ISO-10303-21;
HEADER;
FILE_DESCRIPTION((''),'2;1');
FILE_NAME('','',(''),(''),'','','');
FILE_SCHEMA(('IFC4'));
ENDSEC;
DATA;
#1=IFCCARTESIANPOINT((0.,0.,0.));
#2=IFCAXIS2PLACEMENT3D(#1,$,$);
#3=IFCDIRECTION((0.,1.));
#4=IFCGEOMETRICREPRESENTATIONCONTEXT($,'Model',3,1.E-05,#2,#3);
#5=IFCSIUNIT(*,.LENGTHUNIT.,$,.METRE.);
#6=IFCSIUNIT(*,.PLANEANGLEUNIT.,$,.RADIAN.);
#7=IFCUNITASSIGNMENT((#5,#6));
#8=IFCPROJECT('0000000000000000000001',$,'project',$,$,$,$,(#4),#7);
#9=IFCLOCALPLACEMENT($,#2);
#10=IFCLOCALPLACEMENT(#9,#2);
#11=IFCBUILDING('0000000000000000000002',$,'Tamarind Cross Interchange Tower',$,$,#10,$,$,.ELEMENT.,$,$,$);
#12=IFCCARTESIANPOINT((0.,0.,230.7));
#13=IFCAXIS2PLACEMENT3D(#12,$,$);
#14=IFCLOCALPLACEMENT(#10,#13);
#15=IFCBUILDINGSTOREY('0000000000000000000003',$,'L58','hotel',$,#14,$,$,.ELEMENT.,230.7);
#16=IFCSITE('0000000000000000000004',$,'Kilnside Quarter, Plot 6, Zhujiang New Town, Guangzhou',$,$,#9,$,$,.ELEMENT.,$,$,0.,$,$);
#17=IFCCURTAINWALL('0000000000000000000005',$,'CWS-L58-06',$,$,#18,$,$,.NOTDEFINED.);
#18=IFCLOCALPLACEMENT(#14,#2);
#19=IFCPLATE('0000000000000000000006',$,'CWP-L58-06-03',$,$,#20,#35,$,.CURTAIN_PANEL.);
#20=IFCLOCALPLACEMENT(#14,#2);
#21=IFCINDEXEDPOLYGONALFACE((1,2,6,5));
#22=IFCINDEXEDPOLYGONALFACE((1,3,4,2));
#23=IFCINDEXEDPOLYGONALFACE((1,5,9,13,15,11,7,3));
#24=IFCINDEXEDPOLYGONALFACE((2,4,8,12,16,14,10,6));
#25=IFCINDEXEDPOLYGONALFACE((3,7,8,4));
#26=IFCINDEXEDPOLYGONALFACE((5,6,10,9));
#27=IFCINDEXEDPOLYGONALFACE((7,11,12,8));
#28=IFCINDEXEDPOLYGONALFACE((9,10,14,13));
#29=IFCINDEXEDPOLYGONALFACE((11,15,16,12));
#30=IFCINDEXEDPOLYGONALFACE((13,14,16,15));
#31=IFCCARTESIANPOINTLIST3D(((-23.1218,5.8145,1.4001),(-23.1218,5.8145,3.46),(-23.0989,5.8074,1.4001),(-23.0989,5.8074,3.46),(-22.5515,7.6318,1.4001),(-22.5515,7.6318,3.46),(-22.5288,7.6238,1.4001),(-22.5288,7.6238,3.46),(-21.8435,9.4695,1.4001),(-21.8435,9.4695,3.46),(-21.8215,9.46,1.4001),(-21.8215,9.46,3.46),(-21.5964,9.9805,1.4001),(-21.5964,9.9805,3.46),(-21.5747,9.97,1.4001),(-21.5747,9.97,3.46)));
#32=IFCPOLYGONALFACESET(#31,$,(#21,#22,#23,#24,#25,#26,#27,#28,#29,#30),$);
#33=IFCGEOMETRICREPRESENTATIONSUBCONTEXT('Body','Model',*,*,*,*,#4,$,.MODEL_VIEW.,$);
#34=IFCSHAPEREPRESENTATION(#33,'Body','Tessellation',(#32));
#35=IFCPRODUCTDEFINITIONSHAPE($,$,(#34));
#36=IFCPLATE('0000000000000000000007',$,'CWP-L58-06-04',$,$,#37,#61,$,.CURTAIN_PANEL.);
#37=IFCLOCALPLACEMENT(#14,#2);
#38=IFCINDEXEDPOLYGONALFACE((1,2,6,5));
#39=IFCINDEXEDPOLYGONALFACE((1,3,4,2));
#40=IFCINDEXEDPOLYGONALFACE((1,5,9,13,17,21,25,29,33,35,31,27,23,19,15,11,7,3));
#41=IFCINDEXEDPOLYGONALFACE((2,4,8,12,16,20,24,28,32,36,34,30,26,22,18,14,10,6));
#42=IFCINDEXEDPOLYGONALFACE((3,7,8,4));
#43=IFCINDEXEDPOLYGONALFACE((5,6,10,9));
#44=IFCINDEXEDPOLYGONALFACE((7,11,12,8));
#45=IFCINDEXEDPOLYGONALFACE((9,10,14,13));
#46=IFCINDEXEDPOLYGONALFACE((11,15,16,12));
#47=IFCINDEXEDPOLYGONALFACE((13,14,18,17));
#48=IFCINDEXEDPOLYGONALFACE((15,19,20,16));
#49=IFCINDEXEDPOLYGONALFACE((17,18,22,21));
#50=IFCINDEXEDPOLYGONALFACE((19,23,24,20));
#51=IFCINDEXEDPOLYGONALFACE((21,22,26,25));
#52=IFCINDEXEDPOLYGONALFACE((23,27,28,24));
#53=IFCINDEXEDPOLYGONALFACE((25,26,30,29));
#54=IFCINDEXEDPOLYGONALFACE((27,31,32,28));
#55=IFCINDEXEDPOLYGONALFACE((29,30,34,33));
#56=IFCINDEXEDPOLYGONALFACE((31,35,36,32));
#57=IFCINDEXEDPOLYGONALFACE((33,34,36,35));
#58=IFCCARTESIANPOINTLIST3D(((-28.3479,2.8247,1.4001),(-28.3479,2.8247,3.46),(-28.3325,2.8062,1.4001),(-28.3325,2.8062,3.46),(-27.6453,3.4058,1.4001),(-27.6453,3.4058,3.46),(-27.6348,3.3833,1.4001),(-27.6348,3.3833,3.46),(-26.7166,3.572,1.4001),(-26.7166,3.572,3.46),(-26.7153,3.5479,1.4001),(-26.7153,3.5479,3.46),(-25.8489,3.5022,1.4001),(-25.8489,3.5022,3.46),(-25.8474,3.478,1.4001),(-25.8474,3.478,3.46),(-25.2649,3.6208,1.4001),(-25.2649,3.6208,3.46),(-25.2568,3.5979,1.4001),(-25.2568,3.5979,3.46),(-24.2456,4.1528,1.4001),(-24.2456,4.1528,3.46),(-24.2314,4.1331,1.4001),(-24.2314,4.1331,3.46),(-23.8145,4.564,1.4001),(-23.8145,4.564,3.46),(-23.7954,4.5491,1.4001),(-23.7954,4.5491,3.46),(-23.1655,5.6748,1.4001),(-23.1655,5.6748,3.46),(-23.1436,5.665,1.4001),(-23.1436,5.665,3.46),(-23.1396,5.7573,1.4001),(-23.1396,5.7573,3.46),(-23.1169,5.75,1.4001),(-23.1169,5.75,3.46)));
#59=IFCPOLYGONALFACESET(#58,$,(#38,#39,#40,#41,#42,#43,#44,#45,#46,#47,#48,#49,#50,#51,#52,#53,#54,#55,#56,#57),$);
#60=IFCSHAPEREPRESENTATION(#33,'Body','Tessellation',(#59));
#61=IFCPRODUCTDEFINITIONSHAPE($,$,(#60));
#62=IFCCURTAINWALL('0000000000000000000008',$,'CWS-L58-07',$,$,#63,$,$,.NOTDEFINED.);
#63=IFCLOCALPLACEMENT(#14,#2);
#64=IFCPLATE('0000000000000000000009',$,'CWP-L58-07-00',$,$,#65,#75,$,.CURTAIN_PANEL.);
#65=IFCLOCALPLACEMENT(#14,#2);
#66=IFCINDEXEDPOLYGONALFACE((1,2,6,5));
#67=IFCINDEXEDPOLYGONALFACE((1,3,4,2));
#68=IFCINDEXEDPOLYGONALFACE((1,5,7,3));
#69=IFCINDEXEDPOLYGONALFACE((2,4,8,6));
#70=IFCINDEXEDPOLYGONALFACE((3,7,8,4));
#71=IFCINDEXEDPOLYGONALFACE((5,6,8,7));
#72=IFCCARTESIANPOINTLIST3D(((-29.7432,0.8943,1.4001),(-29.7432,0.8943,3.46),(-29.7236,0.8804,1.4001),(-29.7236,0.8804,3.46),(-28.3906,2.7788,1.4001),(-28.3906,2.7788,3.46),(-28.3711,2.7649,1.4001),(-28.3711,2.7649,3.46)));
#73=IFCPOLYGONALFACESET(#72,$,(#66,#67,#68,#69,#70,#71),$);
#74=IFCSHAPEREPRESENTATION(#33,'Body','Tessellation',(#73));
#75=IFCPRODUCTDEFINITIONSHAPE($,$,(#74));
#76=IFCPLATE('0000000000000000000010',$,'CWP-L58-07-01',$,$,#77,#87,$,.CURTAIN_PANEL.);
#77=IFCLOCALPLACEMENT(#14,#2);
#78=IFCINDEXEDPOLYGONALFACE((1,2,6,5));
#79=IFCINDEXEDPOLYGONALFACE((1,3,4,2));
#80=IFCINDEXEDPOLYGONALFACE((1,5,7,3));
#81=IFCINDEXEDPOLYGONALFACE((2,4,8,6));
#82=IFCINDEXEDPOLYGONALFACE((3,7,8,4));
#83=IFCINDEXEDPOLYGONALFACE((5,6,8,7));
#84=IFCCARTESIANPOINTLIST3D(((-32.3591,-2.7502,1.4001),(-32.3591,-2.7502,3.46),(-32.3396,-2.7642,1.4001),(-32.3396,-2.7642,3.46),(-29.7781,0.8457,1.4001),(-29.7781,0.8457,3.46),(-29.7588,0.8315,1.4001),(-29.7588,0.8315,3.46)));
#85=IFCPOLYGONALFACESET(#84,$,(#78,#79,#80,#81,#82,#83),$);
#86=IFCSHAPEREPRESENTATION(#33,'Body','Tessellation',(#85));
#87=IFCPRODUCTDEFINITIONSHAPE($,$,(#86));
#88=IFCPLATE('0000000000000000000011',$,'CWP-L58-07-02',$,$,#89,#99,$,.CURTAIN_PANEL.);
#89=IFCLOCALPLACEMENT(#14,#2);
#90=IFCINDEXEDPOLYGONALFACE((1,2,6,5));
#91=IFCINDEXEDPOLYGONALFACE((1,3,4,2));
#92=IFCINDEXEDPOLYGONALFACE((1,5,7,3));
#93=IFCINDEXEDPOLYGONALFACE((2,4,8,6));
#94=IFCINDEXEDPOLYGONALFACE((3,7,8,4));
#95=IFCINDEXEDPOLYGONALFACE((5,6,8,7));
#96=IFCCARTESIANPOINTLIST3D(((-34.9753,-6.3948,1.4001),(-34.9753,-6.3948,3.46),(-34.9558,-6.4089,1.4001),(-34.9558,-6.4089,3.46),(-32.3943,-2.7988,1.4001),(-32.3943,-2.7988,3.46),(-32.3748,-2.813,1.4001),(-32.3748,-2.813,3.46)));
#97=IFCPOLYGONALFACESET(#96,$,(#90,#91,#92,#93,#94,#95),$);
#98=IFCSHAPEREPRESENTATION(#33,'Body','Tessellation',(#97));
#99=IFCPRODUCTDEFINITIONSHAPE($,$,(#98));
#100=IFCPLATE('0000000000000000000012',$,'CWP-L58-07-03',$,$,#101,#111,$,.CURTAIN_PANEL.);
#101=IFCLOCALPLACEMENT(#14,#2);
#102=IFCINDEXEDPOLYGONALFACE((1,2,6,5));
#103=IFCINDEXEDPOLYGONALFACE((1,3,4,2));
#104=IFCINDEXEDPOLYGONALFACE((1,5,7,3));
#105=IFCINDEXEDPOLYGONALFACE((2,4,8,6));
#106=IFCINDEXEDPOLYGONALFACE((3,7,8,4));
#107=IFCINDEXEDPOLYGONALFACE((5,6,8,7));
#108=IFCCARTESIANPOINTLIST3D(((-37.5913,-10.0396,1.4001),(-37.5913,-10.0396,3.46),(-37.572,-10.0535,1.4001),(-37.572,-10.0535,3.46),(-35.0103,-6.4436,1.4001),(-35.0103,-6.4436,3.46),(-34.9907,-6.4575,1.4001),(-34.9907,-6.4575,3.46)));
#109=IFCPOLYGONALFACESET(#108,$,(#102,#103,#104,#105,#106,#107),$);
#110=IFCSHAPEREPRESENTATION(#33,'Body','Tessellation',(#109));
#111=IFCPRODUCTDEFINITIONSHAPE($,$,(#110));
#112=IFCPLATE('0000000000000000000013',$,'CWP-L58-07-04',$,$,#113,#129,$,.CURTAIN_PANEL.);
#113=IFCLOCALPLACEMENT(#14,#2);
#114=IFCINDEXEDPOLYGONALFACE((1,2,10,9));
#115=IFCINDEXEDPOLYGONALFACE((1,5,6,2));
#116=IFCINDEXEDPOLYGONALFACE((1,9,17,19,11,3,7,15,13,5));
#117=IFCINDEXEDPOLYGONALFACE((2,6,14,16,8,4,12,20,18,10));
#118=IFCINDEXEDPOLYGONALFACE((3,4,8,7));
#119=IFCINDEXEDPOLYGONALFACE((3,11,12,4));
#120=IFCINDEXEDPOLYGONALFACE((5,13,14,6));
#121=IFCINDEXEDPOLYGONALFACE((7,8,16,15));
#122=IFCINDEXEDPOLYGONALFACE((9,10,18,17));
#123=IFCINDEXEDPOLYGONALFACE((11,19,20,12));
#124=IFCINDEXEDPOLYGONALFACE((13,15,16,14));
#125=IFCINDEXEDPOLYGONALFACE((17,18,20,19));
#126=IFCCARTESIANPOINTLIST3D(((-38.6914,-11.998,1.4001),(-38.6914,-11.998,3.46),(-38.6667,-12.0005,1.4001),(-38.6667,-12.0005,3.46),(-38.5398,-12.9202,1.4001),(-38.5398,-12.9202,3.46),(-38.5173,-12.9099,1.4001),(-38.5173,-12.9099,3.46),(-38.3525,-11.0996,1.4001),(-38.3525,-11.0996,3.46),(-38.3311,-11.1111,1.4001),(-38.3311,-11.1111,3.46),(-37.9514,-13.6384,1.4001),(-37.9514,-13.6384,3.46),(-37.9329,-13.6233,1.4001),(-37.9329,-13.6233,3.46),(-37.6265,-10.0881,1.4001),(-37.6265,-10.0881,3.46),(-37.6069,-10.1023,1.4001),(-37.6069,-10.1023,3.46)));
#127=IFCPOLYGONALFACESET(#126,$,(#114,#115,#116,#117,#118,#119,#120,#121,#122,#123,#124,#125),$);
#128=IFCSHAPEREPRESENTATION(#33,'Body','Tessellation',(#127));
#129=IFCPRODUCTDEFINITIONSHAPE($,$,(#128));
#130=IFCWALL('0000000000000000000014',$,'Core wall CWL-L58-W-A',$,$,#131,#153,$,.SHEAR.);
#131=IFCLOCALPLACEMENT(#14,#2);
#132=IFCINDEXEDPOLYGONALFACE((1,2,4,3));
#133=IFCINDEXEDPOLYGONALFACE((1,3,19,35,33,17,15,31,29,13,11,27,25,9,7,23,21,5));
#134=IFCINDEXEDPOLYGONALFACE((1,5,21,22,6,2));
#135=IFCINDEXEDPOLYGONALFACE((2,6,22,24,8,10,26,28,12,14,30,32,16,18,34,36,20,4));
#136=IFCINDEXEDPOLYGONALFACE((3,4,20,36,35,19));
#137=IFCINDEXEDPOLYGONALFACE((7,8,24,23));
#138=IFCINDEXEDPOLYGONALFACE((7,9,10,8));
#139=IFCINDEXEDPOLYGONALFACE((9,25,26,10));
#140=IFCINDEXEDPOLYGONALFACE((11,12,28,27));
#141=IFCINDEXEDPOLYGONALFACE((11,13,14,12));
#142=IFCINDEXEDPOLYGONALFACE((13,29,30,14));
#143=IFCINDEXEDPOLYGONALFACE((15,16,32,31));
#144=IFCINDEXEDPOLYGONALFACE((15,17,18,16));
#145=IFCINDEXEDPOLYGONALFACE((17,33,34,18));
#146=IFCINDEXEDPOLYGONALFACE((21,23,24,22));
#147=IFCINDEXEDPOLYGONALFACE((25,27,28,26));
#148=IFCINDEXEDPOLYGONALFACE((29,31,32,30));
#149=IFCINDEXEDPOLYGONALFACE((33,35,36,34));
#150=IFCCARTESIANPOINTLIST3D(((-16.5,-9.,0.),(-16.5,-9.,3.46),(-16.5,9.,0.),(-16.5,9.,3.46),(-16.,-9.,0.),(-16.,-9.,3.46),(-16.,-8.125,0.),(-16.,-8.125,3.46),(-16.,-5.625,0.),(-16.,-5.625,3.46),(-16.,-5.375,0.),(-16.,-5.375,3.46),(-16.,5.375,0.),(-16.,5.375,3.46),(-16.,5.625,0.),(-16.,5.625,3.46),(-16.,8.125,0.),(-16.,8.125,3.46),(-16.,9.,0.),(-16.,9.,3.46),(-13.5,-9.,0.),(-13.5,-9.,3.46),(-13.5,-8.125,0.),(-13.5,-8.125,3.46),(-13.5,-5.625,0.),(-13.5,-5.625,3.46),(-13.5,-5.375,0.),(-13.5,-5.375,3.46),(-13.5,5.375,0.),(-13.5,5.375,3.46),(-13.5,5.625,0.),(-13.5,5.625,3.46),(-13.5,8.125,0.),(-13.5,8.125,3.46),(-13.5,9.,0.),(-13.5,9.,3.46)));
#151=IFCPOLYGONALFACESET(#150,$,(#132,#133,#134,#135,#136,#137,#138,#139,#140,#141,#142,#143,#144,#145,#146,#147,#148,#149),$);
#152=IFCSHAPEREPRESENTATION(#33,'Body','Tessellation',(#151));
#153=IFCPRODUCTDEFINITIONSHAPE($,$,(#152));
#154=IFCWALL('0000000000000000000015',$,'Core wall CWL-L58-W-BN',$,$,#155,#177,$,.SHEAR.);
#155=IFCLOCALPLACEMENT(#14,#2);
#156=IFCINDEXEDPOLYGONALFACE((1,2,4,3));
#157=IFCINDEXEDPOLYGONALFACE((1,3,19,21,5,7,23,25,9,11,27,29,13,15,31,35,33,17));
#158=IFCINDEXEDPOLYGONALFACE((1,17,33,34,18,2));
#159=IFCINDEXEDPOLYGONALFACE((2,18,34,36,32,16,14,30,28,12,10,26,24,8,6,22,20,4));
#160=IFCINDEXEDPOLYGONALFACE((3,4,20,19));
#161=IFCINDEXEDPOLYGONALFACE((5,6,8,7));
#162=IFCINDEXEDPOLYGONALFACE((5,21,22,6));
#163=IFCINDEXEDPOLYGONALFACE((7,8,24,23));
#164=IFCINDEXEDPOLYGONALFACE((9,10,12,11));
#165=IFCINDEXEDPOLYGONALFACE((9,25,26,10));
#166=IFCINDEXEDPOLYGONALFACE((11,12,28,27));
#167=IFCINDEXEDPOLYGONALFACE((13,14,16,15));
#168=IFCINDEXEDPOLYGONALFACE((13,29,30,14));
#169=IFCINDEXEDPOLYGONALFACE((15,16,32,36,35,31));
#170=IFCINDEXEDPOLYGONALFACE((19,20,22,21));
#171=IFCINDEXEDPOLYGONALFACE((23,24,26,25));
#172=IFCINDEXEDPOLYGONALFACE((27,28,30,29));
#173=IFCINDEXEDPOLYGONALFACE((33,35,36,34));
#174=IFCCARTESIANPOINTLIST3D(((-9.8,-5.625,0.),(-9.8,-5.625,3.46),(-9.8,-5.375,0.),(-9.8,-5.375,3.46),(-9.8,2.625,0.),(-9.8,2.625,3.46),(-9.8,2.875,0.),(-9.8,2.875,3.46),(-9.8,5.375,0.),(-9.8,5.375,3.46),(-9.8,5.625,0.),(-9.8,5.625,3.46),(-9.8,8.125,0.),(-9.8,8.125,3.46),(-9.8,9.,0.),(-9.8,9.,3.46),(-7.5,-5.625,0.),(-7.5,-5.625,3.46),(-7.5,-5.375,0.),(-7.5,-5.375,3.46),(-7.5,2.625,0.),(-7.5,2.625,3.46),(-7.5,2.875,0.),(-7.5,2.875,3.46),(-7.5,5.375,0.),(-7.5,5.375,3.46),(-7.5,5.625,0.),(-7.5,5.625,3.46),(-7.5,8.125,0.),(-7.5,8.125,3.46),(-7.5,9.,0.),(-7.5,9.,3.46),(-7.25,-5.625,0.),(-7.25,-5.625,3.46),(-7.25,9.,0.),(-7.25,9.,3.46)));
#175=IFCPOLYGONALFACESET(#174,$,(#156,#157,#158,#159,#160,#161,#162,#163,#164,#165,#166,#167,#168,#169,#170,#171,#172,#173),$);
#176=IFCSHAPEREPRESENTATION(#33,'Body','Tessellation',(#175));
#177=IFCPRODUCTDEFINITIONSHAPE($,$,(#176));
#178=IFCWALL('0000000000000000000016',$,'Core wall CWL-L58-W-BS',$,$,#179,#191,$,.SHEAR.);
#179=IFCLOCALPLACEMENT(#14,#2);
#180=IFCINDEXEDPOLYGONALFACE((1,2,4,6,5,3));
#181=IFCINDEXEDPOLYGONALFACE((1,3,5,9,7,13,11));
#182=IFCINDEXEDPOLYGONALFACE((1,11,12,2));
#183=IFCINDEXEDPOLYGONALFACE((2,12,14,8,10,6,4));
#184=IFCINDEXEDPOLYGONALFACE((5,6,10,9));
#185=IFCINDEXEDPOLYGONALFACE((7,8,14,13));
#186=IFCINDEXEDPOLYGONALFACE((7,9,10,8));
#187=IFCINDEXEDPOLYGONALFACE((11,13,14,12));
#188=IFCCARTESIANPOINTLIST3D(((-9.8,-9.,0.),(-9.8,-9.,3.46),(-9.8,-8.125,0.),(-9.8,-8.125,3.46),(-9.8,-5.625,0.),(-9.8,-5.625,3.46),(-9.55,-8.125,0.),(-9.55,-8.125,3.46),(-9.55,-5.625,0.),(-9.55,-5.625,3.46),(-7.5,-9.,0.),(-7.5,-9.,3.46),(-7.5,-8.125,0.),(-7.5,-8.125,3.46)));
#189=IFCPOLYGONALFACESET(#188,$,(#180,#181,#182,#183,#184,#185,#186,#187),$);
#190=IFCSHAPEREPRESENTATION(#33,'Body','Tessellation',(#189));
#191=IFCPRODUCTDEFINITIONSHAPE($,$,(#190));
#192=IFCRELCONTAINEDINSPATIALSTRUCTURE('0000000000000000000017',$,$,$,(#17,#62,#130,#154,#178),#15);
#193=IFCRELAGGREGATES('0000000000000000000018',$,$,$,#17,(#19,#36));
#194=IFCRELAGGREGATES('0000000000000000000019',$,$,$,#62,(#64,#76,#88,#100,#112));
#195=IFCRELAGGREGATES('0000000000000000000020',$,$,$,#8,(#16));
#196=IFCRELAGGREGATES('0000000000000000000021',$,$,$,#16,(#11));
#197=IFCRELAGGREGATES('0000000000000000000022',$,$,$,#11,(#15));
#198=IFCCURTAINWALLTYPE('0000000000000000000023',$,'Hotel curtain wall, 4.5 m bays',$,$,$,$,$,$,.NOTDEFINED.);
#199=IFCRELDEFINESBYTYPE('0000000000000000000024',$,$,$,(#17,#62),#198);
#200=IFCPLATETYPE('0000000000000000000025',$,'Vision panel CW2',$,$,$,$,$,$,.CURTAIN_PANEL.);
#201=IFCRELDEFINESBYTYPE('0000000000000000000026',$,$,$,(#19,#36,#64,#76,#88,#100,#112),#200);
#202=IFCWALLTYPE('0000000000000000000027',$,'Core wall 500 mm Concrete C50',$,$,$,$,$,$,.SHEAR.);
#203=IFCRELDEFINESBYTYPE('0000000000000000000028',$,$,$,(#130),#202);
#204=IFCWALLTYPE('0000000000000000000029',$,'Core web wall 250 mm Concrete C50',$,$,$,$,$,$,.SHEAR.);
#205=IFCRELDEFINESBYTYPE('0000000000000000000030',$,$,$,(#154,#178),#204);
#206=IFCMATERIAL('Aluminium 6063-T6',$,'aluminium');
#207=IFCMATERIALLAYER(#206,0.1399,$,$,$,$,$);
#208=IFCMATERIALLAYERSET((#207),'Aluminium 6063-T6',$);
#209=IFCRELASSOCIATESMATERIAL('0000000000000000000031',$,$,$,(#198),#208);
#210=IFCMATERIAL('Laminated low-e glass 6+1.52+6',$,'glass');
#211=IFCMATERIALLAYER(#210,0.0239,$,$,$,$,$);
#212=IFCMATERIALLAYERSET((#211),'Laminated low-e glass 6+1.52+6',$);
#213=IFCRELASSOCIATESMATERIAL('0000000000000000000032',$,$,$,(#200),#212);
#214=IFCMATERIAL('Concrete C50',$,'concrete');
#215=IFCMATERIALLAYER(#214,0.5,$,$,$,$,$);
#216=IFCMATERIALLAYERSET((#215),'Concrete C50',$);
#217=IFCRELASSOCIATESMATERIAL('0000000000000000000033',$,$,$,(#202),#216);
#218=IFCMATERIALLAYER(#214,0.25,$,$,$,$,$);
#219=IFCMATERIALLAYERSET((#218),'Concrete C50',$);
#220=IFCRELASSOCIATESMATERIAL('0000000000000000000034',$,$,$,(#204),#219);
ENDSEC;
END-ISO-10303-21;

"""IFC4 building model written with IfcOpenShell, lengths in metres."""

from ifc_helpers import new_model, si_unit, direction, frame, origin, place, context, subcontext, project, spatial, polyline, outline, extrude, material, layer, layer_set, type_object, element, aggregate, save


model = new_model("IFC4")

# Units and contexts
model_context = context("Model", 3, precision=1e-05, world=origin(), true_north=direction((0.0, 1.0)))
body_context = subcontext(model_context, "Body", "Model", "MODEL_VIEW")
ifc_project = project(units=[si_unit("LENGTHUNIT", "METRE"), si_unit("PLANEANGLEUNIT", "RADIAN")], contexts=[model_context])

# Site, building, storey
site_placement = place(None, origin())
site = spatial("IfcSite", under=ifc_project, at=site_placement, Name="Kilnside Quarter, Plot 6, Zhujiang New Town, Guangzhou", CompositionType="ELEMENT", RefElevation=0.0)
building_placement = place(site_placement, origin())
building = spatial("IfcBuilding", under=site, at=building_placement, Name="Tamarind Cross Interchange Tower", CompositionType="ELEMENT")
storey_placement = place(building_placement, frame((0.0, 0.0, 230.7)))
storey = spatial("IfcBuildingStorey", under=building, at=storey_placement, Name="L58", Description="hotel", CompositionType="ELEMENT", Elevation=230.7)

# Curtain walls, plates
ifc_material_1 = material(Name="Aluminium 6063-T6", Category="aluminium")
ifc_layer_1 = layer(ifc_material_1, 0.1399)
ifc_layer_set_1 = layer_set([ifc_layer_1], Name="Aluminium 6063-T6")
curtain_wall_type = type_object("IfcCurtainWallType", Name="Hotel curtain wall, 4.5 m bays", PredefinedType="NOTDEFINED", material=ifc_layer_set_1)
ifc_material_2 = material(Name="Laminated low-e glass 6+1.52+6", Category="glass")
ifc_layer_2 = layer(ifc_material_2, 0.0239)
ifc_layer_set_2 = layer_set([ifc_layer_2], Name="Laminated low-e glass 6+1.52+6")
plate_type = type_object("IfcPlateType", Name="Vision panel CW2", PredefinedType="CURTAIN_PANEL", material=ifc_layer_set_2)
curtain_wall_1_placement = place(storey_placement, origin())
curtain_wall_1 = element("IfcCurtainWall", 1, at=curtain_wall_1_placement, inside=storey, type_object=curtain_wall_type, Name="CWS-L58-06", PredefinedType="NOTDEFINED")
plate_1_placement = place(storey_placement, frame((0.0, 0.0, 1.4001)))
plate_1 = element("IfcPlate", 2, at=plate_1_placement, type_object=plate_type, Name="CWP-L58-06-03", PredefinedType="CURTAIN_PANEL", context=body_context, shape_type="SweptSolid", body=[
    extrude(outline(polyline([(-21.5747, 9.97), (-21.8215, 9.46), (-22.5288, 7.6238), (-23.0989, 5.8074), (-23.1218, 5.8145), (-22.5515, 7.6318), (-21.8435, 9.4695), (-21.5964, 9.9805), (-21.5747, 9.97)])), origin(), (0.0, 0.0, 1.0), 2.0598),
])
plate_2_placement = place(storey_placement, frame((0.0, 0.0, 1.4001)))
plate_2 = element("IfcPlate", 3, at=plate_2_placement, type_object=plate_type, Name="CWP-L58-06-04", PredefinedType="CURTAIN_PANEL", context=body_context, shape_type="SweptSolid", body=[
    extrude(outline(polyline([(-23.1169, 5.75), (-23.1436, 5.665), (-23.7954, 4.5491), (-24.2314, 4.1331), (-25.2568, 3.5979), (-25.8474, 3.478), (-26.7153, 3.5479), (-27.6348, 3.3833), (-28.3325, 2.8062), (-28.3479, 2.8247), (-27.6453, 3.4058), (-26.7166, 3.572), (-25.8489, 3.5022), (-25.2649, 3.6208), (-24.2456, 4.1528), (-23.8145, 4.564), (-23.1655, 5.6748), (-23.1396, 5.7573), (-23.1169, 5.75)])), origin(), (0.0, 0.0, 1.0), 2.0598),
])
aggregate(curtain_wall_1, [plate_1, plate_2])
curtain_wall_2_placement = place(storey_placement, origin())
curtain_wall_2 = element("IfcCurtainWall", 4, at=curtain_wall_2_placement, inside=storey, type_object=curtain_wall_type, Name="CWS-L58-07", PredefinedType="NOTDEFINED")
plate_3_placement = place(storey_placement, frame((0.0, 0.0, 1.4001)))
plate_3 = element("IfcPlate", 5, at=plate_3_placement, type_object=plate_type, Name="CWP-L58-07-00", PredefinedType="CURTAIN_PANEL", context=body_context, shape_type="SweptSolid", body=[
    extrude(outline(polyline([(-28.3711, 2.7649), (-29.7236, 0.8804), (-29.7432, 0.8943), (-28.3906, 2.7788), (-28.3711, 2.7649)])), origin(), (0.0, 0.0, 1.0), 2.0598),
])
plate_4_placement = place(storey_placement, frame((0.0, 0.0, 1.4001)))
plate_4 = element("IfcPlate", 6, at=plate_4_placement, type_object=plate_type, Name="CWP-L58-07-01", PredefinedType="CURTAIN_PANEL", context=body_context, shape_type="SweptSolid", body=[
    extrude(outline(polyline([(-29.7588, 0.8315), (-32.3396, -2.7642), (-32.3591, -2.7502), (-29.7781, 0.8457), (-29.7588, 0.8315)])), origin(), (0.0, 0.0, 1.0), 2.0598),
])
plate_5_placement = place(storey_placement, frame((0.0, 0.0, 1.4001)))
plate_5 = element("IfcPlate", 7, at=plate_5_placement, type_object=plate_type, Name="CWP-L58-07-02", PredefinedType="CURTAIN_PANEL", context=body_context, shape_type="SweptSolid", body=[
    extrude(outline(polyline([(-32.3748, -2.813), (-34.9558, -6.4089), (-34.9753, -6.3948), (-32.3943, -2.7988), (-32.3748, -2.813)])), origin(), (0.0, 0.0, 1.0), 2.0598),
])
plate_6_placement = place(storey_placement, frame((0.0, 0.0, 1.4001)))
plate_6 = element("IfcPlate", 8, at=plate_6_placement, type_object=plate_type, Name="CWP-L58-07-03", PredefinedType="CURTAIN_PANEL", context=body_context, shape_type="SweptSolid", body=[
    extrude(outline(polyline([(-34.9907, -6.4575), (-37.572, -10.0535), (-37.5913, -10.0396), (-35.0103, -6.4436), (-34.9907, -6.4575)])), origin(), (0.0, 0.0, 1.0), 2.0598),
])
plate_7_placement = place(storey_placement, frame((0.0, 0.0, 1.4001)))
plate_7 = element("IfcPlate", 9, at=plate_7_placement, type_object=plate_type, Name="CWP-L58-07-04", PredefinedType="CURTAIN_PANEL", context=body_context, shape_type="SweptSolid", body=[
    extrude(outline(polyline([(-37.6069, -10.1023), (-38.3311, -11.1111), (-38.6667, -12.0005), (-38.5173, -12.9099), (-37.9329, -13.6233), (-37.9514, -13.6384), (-38.5398, -12.9202), (-38.6914, -11.998), (-38.3525, -11.0996), (-37.6265, -10.0881), (-37.6069, -10.1023)])), origin(), (0.0, 0.0, 1.0), 2.0598),
])
aggregate(curtain_wall_2, [plate_3, plate_4, plate_5, plate_6, plate_7])

# Walls
ifc_material_3 = material(Name="Concrete C50", Category="concrete")
ifc_layer_3 = layer(ifc_material_3, 0.5)
ifc_layer_set_3 = layer_set([ifc_layer_3], Name="Concrete C50")
wall_type_1 = type_object("IfcWallType", Name="Core wall 500 mm Concrete C50", PredefinedType="SHEAR", material=ifc_layer_set_3)
wall_1_placement = place(storey_placement, origin())
element("IfcWall", 10, at=wall_1_placement, inside=storey, type_object=wall_type_1, Name="Core wall CWL-L58-W-A", PredefinedType="SHEAR", context=body_context, shape_type="SweptSolid", body=[
    extrude(outline(polyline([(-13.5, -8.125), (-16.0, -8.125), (-16.0, -5.625), (-13.5, -5.625), (-13.5, -5.375), (-16.0, -5.375), (-16.0, 5.375), (-13.5, 5.375), (-13.5, 5.625), (-16.0, 5.625), (-16.0, 8.125), (-13.5, 8.125), (-13.5, 9.0), (-16.0, 9.0), (-16.5, 9.0), (-16.5, -9.0), (-16.0, -9.0), (-13.5, -9.0), (-13.5, -8.125)])), origin(), (0.0, 0.0, 1.0), 3.46),
])
ifc_layer_4 = layer(ifc_material_3, 0.25)
ifc_layer_set_4 = layer_set([ifc_layer_4], Name="Concrete C50")
wall_type_2 = type_object("IfcWallType", Name="Core web wall 250 mm Concrete C50", PredefinedType="SHEAR", material=ifc_layer_set_4)
wall_2_placement = place(storey_placement, origin())
element("IfcWall", 11, at=wall_2_placement, inside=storey, type_object=wall_type_2, Name="Core wall CWL-L58-W-BN", PredefinedType="SHEAR", context=body_context, shape_type="SweptSolid", body=[
    extrude(outline(polyline([(-9.8, -5.375), (-9.8, -5.625), (-7.5, -5.625), (-7.25, -5.625), (-7.25, 9.0), (-7.5, 9.0), (-9.8, 9.0), (-9.8, 8.125), (-7.5, 8.125), (-7.5, 5.625), (-9.8, 5.625), (-9.8, 5.375), (-7.5, 5.375), (-7.5, 2.875), (-9.8, 2.875), (-9.8, 2.625), (-7.5, 2.625), (-7.5, -5.375), (-9.8, -5.375)])), origin(), (0.0, 0.0, 1.0), 3.46),
])
wall_3_placement = place(storey_placement, origin())
element("IfcWall", 12, at=wall_3_placement, inside=storey, type_object=wall_type_2, Name="Core wall CWL-L58-W-BS", PredefinedType="SHEAR", context=body_context, shape_type="SweptSolid", body=[
    extrude(outline(polyline([(-7.5, -8.125), (-9.55, -8.125), (-9.55, -5.625), (-9.8, -5.625), (-9.8, -8.125), (-9.8, -9.0), (-7.5, -9.0), (-7.5, -8.125)])), origin(), (0.0, 0.0, 1.0), 3.46),
])

save(model, "model.ifc")
